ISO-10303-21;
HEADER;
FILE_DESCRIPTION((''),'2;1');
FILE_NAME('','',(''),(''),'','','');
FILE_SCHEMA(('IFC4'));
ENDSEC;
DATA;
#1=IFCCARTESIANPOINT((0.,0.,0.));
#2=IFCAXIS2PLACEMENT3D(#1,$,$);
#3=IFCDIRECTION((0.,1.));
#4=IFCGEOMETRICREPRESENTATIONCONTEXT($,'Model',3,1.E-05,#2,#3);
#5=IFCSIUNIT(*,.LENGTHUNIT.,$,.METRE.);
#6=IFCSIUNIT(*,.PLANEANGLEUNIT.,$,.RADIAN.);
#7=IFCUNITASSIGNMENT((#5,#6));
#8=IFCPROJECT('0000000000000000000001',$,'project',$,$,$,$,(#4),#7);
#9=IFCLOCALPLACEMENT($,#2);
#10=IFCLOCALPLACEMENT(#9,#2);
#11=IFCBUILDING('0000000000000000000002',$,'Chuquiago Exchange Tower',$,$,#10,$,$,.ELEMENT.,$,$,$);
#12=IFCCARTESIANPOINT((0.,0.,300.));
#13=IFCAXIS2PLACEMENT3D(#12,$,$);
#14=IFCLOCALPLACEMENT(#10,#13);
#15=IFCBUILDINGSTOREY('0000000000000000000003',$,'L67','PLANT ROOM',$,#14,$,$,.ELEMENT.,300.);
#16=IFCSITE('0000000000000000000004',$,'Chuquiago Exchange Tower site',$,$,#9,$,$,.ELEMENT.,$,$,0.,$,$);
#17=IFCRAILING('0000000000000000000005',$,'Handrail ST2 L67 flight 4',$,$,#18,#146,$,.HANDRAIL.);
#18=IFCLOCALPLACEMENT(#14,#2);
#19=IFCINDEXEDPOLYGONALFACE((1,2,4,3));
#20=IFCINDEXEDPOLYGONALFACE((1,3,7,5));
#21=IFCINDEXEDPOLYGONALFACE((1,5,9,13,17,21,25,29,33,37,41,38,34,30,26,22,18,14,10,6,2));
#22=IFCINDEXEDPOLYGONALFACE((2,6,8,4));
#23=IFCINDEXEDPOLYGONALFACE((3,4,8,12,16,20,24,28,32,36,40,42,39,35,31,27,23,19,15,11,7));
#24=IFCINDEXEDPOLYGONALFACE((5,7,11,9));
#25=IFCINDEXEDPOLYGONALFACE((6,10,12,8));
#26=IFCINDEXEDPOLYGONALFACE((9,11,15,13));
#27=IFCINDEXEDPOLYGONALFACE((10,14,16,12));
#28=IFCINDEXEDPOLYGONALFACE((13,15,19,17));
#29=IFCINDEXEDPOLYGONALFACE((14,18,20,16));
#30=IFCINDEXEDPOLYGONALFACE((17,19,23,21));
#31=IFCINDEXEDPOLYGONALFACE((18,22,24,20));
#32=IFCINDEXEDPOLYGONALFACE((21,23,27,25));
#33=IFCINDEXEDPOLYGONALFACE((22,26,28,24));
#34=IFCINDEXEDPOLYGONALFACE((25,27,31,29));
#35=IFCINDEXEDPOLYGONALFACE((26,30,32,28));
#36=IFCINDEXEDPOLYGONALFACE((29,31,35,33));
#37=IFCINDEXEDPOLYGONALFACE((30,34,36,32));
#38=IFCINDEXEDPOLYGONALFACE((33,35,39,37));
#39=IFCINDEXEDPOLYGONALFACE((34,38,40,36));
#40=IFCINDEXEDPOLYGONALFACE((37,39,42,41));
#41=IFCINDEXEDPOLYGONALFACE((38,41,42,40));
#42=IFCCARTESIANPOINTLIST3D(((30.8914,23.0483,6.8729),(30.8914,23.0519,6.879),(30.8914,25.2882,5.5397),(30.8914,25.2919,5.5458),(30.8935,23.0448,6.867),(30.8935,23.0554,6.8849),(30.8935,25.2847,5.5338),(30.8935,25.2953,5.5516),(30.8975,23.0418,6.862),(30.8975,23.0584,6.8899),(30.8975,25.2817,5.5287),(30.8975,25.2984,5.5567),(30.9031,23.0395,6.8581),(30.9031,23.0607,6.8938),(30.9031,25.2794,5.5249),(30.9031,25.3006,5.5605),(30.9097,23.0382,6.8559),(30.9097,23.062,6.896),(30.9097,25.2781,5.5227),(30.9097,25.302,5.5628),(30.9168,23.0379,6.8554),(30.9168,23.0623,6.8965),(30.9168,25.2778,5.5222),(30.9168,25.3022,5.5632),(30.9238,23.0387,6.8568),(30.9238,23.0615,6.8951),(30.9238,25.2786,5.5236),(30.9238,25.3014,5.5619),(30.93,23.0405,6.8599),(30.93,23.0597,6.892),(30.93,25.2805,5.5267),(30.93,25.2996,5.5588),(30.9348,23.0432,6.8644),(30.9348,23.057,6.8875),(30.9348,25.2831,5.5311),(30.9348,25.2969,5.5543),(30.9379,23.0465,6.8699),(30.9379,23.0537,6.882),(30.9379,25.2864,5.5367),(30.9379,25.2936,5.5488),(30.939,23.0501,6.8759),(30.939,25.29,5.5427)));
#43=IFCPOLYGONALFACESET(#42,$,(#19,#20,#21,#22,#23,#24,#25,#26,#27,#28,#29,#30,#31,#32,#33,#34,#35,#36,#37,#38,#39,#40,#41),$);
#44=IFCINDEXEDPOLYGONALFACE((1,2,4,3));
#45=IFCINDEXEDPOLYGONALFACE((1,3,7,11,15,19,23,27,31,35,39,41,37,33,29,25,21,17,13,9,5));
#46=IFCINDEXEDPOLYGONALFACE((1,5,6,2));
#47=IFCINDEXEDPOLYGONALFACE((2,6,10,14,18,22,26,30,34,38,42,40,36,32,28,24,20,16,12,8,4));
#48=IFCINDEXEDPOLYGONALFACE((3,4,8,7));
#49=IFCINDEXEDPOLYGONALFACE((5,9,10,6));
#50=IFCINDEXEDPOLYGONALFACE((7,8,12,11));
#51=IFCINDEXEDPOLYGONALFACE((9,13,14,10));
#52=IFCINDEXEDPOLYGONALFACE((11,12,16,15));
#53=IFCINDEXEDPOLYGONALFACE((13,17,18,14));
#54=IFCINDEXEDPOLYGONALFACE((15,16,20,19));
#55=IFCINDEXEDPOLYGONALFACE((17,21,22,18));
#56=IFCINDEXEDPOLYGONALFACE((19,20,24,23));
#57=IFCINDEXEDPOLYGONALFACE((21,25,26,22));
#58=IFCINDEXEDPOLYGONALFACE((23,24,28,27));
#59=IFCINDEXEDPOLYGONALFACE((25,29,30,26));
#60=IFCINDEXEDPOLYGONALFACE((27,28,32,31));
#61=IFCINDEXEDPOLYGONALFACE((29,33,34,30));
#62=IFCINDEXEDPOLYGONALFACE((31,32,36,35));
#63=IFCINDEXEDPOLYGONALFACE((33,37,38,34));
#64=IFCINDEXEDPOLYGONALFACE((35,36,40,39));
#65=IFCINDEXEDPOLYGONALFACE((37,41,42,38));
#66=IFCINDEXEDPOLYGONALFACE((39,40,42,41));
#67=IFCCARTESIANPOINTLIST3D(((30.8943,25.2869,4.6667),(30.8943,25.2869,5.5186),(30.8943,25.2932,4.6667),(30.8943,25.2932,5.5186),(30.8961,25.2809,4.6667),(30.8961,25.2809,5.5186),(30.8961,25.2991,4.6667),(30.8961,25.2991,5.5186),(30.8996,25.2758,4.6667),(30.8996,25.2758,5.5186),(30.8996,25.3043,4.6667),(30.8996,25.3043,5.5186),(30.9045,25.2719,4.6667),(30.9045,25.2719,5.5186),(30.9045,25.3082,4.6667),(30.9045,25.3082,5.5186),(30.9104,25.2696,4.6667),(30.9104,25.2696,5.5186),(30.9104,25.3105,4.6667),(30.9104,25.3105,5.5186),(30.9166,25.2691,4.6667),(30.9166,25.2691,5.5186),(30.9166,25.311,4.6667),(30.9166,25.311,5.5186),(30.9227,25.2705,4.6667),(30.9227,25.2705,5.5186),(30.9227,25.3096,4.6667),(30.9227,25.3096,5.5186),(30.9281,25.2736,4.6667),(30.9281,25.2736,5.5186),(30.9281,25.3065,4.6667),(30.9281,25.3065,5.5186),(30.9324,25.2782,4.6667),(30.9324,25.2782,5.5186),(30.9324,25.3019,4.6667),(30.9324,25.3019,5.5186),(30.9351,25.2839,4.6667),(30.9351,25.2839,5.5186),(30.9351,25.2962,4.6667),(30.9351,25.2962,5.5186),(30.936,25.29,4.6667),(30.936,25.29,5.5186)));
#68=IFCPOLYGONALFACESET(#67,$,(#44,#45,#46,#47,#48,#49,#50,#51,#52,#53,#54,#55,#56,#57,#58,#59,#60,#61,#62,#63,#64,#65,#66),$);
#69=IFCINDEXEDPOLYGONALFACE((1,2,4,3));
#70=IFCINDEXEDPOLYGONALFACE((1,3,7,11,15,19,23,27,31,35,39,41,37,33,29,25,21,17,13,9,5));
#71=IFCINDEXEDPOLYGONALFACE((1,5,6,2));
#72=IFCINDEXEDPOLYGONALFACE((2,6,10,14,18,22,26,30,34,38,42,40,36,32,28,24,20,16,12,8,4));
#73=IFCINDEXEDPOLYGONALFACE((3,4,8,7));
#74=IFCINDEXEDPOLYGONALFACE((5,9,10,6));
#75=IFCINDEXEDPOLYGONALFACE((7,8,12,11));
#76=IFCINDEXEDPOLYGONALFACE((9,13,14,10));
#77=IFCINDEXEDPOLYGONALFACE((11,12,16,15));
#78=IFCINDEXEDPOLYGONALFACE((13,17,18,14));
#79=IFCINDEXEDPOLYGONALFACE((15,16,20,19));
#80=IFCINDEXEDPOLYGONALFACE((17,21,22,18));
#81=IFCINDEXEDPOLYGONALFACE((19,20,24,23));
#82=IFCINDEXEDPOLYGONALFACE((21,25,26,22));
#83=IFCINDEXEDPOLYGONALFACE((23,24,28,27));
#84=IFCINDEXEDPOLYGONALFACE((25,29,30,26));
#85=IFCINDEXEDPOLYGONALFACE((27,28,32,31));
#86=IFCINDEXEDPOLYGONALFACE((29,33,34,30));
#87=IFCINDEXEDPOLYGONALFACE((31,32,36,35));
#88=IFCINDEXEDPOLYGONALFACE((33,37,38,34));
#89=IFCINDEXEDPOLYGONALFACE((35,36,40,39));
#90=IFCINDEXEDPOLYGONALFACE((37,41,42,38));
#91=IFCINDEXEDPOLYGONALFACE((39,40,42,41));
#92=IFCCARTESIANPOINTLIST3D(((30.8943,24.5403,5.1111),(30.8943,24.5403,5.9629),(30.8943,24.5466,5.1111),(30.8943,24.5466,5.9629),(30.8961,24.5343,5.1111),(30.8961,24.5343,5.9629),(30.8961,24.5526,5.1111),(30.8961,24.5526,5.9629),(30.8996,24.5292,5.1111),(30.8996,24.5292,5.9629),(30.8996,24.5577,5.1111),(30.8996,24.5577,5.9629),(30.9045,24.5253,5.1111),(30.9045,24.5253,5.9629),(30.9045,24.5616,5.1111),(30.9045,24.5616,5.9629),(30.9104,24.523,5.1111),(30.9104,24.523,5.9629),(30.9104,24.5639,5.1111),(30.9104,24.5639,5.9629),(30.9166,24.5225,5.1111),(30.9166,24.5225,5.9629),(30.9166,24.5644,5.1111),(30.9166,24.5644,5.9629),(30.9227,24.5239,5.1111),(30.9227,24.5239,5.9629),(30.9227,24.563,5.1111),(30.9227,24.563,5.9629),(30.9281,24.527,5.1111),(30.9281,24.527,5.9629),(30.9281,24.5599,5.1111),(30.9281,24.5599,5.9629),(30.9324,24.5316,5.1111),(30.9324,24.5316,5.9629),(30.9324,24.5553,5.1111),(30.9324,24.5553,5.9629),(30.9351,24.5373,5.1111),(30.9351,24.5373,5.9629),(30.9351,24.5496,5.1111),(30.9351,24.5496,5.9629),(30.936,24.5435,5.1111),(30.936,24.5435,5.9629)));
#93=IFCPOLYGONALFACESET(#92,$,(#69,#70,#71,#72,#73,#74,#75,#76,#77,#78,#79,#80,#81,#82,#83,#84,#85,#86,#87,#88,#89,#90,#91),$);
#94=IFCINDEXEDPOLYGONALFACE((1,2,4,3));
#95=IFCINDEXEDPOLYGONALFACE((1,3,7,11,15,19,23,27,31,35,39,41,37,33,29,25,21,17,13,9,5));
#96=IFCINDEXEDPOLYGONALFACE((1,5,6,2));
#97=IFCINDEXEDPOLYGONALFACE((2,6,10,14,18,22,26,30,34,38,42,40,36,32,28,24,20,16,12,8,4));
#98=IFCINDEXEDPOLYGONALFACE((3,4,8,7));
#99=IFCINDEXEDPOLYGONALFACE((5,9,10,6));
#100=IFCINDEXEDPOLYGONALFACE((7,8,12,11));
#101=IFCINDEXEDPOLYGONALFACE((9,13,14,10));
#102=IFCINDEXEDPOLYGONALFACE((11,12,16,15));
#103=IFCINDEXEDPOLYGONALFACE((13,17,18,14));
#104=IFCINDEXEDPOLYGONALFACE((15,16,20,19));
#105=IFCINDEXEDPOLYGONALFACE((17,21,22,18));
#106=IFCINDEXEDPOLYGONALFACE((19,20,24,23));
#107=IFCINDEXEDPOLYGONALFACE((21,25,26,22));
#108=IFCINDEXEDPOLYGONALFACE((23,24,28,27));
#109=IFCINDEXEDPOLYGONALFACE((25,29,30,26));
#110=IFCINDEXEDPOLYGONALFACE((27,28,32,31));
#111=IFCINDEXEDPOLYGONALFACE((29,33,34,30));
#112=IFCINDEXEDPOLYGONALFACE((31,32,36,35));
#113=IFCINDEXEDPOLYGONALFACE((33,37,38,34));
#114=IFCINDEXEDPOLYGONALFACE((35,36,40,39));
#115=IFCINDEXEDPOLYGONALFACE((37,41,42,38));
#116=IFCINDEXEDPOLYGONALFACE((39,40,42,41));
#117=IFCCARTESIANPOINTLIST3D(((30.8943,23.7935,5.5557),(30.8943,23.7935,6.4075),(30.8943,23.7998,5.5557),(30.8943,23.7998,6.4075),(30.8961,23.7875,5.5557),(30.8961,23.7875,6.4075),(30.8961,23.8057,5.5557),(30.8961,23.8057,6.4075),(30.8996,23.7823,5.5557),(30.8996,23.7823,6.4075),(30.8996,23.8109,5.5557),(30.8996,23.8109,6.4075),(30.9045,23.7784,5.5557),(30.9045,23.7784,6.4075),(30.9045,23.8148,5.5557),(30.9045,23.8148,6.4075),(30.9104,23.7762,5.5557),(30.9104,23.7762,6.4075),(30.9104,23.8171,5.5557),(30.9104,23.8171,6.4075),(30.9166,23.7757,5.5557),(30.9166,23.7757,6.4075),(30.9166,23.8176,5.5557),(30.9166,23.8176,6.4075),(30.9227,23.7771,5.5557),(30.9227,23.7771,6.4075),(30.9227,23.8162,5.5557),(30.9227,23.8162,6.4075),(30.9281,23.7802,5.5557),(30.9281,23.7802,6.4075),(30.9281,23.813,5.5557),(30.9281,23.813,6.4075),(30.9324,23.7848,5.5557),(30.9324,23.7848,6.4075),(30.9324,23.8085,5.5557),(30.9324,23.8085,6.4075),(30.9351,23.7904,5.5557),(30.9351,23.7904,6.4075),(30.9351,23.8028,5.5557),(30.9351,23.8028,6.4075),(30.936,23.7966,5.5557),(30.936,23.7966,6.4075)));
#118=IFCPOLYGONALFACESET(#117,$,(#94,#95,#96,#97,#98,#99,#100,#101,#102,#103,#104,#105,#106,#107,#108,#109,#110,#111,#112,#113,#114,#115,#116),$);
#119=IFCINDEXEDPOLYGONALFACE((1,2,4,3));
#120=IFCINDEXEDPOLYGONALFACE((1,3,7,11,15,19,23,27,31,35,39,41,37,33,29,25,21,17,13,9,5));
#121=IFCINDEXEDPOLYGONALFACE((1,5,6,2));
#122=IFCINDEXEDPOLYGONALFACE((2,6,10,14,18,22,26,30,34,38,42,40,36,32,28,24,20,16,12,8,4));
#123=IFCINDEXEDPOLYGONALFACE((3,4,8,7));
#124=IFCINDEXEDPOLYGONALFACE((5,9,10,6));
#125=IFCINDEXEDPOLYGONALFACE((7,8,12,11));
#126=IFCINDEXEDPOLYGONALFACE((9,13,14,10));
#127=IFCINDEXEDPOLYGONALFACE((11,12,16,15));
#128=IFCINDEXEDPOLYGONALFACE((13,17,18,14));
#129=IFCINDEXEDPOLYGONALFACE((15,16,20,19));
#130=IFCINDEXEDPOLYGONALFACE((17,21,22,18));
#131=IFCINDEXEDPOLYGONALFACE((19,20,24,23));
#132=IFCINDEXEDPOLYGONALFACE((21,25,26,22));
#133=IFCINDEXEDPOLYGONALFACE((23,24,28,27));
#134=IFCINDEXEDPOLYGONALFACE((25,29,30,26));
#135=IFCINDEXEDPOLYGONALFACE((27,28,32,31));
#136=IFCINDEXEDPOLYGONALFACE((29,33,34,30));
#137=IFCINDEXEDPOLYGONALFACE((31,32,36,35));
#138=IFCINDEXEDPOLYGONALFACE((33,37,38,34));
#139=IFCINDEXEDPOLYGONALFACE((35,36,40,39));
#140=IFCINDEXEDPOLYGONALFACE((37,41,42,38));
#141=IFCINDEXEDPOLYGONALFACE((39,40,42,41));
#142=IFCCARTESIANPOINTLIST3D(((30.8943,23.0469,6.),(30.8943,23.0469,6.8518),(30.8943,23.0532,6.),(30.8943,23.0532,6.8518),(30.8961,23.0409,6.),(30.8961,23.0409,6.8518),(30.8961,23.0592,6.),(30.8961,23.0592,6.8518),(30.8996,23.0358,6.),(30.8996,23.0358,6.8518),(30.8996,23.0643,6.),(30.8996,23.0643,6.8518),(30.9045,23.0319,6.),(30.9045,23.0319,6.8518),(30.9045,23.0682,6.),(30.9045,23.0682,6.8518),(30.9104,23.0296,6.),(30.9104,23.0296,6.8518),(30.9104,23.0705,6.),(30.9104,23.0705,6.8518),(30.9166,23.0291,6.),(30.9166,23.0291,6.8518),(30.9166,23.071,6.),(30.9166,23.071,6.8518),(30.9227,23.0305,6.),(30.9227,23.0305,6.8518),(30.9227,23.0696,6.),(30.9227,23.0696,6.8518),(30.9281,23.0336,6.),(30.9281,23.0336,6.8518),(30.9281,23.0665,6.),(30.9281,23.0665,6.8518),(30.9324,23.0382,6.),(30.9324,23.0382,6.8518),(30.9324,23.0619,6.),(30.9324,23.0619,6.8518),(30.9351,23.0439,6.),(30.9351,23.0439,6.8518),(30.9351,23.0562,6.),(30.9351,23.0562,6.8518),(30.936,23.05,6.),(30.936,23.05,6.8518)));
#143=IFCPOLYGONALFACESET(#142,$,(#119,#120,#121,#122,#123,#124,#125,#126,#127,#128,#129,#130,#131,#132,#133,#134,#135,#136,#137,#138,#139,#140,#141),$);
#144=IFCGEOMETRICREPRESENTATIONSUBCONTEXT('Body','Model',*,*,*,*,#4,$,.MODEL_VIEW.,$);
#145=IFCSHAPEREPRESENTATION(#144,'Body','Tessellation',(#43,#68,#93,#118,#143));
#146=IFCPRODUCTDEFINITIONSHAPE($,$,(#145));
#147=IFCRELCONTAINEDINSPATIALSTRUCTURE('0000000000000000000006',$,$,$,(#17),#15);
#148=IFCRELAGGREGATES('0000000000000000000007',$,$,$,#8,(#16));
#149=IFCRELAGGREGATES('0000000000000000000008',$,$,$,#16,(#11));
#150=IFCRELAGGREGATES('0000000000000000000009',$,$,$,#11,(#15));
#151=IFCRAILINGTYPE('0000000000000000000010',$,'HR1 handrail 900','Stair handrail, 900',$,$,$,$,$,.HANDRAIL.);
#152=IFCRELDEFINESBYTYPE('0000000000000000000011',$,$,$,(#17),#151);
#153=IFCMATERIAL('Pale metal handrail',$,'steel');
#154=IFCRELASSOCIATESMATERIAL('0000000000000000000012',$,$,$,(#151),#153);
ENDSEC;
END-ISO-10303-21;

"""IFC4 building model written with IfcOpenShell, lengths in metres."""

from ifc_helpers import new_model, si_unit, direction, frame, origin, origin_2d, place, context, subcontext, project, spatial, circle, extrude, material, type_object, element, save


model = new_model("IFC4")

# Units and contexts
model_context = context("Model", 3, precision=1e-05, world=origin(), true_north=direction((0.0, 1.0)))
body_context = subcontext(model_context, "Body", "Model", "MODEL_VIEW")
ifc_project = project(units=[si_unit("LENGTHUNIT", "METRE"), si_unit("PLANEANGLEUNIT", "RADIAN")], contexts=[model_context])

# Site, building, storey
site_placement = place(None, origin())
site = spatial("IfcSite", under=ifc_project, at=site_placement, Name="Chuquiago Exchange Tower site", CompositionType="ELEMENT", RefElevation=0.0)
building_placement = place(site_placement, origin())
building = spatial("IfcBuilding", under=site, at=building_placement, Name="Chuquiago Exchange Tower", CompositionType="ELEMENT")
storey_placement = place(building_placement, frame((0.0, 0.0, 300.0)))
storey = spatial("IfcBuildingStorey", under=building, at=storey_placement, Name="L67", Description="PLANT ROOM", CompositionType="ELEMENT", Elevation=300.0)

# Railing
ifc_material_1 = material(Name="Pale metal handrail", Category="steel")
railing_type_1 = type_object("IfcRailingType", Name="HR1 handrail 900", Description="Stair handrail, 900", PredefinedType="HANDRAIL", material=ifc_material_1)
for number, where, name in (
    (1, (30.915, 25.29, 4.6667), "Handrail ST2 L67 flight 4"),
):
    element("IfcRailing", number, at=place(storey_placement, frame(where)), inside=storey, type_object=railing_type_1, Name=name, PredefinedType="HANDRAIL", context=body_context, shape_type="SweptSolid", body=[
        extrude(circle(Radius=0.0239, at=origin_2d()), frame((0.0, 0.0, 0.876), z_axis=(0.0, -0.859306, 0.511462), x_axis=(1.0, 0.0, 0.0)), (0.0, 0.0, 1.0), 2.6067),
        extrude(circle(Radius=0.021, at=origin_2d()), origin(), (0.0, 0.0, 1.0), 0.8518),
        extrude(circle(Radius=0.021, at=origin_2d()), frame((0.0, -0.7466, 0.4443)), (0.0, 0.0, 1.0), 0.8518),
        extrude(circle(Radius=0.021, at=origin_2d()), frame((0.0, -1.4934, 0.8889)), (0.0, 0.0, 1.0), 0.8518),
        extrude(circle(Radius=0.021, at=origin_2d()), frame((0.0, -2.24, 1.3333)), (0.0, 0.0, 1.0), 0.8518),
    ])

save(model, "model.ifc")
